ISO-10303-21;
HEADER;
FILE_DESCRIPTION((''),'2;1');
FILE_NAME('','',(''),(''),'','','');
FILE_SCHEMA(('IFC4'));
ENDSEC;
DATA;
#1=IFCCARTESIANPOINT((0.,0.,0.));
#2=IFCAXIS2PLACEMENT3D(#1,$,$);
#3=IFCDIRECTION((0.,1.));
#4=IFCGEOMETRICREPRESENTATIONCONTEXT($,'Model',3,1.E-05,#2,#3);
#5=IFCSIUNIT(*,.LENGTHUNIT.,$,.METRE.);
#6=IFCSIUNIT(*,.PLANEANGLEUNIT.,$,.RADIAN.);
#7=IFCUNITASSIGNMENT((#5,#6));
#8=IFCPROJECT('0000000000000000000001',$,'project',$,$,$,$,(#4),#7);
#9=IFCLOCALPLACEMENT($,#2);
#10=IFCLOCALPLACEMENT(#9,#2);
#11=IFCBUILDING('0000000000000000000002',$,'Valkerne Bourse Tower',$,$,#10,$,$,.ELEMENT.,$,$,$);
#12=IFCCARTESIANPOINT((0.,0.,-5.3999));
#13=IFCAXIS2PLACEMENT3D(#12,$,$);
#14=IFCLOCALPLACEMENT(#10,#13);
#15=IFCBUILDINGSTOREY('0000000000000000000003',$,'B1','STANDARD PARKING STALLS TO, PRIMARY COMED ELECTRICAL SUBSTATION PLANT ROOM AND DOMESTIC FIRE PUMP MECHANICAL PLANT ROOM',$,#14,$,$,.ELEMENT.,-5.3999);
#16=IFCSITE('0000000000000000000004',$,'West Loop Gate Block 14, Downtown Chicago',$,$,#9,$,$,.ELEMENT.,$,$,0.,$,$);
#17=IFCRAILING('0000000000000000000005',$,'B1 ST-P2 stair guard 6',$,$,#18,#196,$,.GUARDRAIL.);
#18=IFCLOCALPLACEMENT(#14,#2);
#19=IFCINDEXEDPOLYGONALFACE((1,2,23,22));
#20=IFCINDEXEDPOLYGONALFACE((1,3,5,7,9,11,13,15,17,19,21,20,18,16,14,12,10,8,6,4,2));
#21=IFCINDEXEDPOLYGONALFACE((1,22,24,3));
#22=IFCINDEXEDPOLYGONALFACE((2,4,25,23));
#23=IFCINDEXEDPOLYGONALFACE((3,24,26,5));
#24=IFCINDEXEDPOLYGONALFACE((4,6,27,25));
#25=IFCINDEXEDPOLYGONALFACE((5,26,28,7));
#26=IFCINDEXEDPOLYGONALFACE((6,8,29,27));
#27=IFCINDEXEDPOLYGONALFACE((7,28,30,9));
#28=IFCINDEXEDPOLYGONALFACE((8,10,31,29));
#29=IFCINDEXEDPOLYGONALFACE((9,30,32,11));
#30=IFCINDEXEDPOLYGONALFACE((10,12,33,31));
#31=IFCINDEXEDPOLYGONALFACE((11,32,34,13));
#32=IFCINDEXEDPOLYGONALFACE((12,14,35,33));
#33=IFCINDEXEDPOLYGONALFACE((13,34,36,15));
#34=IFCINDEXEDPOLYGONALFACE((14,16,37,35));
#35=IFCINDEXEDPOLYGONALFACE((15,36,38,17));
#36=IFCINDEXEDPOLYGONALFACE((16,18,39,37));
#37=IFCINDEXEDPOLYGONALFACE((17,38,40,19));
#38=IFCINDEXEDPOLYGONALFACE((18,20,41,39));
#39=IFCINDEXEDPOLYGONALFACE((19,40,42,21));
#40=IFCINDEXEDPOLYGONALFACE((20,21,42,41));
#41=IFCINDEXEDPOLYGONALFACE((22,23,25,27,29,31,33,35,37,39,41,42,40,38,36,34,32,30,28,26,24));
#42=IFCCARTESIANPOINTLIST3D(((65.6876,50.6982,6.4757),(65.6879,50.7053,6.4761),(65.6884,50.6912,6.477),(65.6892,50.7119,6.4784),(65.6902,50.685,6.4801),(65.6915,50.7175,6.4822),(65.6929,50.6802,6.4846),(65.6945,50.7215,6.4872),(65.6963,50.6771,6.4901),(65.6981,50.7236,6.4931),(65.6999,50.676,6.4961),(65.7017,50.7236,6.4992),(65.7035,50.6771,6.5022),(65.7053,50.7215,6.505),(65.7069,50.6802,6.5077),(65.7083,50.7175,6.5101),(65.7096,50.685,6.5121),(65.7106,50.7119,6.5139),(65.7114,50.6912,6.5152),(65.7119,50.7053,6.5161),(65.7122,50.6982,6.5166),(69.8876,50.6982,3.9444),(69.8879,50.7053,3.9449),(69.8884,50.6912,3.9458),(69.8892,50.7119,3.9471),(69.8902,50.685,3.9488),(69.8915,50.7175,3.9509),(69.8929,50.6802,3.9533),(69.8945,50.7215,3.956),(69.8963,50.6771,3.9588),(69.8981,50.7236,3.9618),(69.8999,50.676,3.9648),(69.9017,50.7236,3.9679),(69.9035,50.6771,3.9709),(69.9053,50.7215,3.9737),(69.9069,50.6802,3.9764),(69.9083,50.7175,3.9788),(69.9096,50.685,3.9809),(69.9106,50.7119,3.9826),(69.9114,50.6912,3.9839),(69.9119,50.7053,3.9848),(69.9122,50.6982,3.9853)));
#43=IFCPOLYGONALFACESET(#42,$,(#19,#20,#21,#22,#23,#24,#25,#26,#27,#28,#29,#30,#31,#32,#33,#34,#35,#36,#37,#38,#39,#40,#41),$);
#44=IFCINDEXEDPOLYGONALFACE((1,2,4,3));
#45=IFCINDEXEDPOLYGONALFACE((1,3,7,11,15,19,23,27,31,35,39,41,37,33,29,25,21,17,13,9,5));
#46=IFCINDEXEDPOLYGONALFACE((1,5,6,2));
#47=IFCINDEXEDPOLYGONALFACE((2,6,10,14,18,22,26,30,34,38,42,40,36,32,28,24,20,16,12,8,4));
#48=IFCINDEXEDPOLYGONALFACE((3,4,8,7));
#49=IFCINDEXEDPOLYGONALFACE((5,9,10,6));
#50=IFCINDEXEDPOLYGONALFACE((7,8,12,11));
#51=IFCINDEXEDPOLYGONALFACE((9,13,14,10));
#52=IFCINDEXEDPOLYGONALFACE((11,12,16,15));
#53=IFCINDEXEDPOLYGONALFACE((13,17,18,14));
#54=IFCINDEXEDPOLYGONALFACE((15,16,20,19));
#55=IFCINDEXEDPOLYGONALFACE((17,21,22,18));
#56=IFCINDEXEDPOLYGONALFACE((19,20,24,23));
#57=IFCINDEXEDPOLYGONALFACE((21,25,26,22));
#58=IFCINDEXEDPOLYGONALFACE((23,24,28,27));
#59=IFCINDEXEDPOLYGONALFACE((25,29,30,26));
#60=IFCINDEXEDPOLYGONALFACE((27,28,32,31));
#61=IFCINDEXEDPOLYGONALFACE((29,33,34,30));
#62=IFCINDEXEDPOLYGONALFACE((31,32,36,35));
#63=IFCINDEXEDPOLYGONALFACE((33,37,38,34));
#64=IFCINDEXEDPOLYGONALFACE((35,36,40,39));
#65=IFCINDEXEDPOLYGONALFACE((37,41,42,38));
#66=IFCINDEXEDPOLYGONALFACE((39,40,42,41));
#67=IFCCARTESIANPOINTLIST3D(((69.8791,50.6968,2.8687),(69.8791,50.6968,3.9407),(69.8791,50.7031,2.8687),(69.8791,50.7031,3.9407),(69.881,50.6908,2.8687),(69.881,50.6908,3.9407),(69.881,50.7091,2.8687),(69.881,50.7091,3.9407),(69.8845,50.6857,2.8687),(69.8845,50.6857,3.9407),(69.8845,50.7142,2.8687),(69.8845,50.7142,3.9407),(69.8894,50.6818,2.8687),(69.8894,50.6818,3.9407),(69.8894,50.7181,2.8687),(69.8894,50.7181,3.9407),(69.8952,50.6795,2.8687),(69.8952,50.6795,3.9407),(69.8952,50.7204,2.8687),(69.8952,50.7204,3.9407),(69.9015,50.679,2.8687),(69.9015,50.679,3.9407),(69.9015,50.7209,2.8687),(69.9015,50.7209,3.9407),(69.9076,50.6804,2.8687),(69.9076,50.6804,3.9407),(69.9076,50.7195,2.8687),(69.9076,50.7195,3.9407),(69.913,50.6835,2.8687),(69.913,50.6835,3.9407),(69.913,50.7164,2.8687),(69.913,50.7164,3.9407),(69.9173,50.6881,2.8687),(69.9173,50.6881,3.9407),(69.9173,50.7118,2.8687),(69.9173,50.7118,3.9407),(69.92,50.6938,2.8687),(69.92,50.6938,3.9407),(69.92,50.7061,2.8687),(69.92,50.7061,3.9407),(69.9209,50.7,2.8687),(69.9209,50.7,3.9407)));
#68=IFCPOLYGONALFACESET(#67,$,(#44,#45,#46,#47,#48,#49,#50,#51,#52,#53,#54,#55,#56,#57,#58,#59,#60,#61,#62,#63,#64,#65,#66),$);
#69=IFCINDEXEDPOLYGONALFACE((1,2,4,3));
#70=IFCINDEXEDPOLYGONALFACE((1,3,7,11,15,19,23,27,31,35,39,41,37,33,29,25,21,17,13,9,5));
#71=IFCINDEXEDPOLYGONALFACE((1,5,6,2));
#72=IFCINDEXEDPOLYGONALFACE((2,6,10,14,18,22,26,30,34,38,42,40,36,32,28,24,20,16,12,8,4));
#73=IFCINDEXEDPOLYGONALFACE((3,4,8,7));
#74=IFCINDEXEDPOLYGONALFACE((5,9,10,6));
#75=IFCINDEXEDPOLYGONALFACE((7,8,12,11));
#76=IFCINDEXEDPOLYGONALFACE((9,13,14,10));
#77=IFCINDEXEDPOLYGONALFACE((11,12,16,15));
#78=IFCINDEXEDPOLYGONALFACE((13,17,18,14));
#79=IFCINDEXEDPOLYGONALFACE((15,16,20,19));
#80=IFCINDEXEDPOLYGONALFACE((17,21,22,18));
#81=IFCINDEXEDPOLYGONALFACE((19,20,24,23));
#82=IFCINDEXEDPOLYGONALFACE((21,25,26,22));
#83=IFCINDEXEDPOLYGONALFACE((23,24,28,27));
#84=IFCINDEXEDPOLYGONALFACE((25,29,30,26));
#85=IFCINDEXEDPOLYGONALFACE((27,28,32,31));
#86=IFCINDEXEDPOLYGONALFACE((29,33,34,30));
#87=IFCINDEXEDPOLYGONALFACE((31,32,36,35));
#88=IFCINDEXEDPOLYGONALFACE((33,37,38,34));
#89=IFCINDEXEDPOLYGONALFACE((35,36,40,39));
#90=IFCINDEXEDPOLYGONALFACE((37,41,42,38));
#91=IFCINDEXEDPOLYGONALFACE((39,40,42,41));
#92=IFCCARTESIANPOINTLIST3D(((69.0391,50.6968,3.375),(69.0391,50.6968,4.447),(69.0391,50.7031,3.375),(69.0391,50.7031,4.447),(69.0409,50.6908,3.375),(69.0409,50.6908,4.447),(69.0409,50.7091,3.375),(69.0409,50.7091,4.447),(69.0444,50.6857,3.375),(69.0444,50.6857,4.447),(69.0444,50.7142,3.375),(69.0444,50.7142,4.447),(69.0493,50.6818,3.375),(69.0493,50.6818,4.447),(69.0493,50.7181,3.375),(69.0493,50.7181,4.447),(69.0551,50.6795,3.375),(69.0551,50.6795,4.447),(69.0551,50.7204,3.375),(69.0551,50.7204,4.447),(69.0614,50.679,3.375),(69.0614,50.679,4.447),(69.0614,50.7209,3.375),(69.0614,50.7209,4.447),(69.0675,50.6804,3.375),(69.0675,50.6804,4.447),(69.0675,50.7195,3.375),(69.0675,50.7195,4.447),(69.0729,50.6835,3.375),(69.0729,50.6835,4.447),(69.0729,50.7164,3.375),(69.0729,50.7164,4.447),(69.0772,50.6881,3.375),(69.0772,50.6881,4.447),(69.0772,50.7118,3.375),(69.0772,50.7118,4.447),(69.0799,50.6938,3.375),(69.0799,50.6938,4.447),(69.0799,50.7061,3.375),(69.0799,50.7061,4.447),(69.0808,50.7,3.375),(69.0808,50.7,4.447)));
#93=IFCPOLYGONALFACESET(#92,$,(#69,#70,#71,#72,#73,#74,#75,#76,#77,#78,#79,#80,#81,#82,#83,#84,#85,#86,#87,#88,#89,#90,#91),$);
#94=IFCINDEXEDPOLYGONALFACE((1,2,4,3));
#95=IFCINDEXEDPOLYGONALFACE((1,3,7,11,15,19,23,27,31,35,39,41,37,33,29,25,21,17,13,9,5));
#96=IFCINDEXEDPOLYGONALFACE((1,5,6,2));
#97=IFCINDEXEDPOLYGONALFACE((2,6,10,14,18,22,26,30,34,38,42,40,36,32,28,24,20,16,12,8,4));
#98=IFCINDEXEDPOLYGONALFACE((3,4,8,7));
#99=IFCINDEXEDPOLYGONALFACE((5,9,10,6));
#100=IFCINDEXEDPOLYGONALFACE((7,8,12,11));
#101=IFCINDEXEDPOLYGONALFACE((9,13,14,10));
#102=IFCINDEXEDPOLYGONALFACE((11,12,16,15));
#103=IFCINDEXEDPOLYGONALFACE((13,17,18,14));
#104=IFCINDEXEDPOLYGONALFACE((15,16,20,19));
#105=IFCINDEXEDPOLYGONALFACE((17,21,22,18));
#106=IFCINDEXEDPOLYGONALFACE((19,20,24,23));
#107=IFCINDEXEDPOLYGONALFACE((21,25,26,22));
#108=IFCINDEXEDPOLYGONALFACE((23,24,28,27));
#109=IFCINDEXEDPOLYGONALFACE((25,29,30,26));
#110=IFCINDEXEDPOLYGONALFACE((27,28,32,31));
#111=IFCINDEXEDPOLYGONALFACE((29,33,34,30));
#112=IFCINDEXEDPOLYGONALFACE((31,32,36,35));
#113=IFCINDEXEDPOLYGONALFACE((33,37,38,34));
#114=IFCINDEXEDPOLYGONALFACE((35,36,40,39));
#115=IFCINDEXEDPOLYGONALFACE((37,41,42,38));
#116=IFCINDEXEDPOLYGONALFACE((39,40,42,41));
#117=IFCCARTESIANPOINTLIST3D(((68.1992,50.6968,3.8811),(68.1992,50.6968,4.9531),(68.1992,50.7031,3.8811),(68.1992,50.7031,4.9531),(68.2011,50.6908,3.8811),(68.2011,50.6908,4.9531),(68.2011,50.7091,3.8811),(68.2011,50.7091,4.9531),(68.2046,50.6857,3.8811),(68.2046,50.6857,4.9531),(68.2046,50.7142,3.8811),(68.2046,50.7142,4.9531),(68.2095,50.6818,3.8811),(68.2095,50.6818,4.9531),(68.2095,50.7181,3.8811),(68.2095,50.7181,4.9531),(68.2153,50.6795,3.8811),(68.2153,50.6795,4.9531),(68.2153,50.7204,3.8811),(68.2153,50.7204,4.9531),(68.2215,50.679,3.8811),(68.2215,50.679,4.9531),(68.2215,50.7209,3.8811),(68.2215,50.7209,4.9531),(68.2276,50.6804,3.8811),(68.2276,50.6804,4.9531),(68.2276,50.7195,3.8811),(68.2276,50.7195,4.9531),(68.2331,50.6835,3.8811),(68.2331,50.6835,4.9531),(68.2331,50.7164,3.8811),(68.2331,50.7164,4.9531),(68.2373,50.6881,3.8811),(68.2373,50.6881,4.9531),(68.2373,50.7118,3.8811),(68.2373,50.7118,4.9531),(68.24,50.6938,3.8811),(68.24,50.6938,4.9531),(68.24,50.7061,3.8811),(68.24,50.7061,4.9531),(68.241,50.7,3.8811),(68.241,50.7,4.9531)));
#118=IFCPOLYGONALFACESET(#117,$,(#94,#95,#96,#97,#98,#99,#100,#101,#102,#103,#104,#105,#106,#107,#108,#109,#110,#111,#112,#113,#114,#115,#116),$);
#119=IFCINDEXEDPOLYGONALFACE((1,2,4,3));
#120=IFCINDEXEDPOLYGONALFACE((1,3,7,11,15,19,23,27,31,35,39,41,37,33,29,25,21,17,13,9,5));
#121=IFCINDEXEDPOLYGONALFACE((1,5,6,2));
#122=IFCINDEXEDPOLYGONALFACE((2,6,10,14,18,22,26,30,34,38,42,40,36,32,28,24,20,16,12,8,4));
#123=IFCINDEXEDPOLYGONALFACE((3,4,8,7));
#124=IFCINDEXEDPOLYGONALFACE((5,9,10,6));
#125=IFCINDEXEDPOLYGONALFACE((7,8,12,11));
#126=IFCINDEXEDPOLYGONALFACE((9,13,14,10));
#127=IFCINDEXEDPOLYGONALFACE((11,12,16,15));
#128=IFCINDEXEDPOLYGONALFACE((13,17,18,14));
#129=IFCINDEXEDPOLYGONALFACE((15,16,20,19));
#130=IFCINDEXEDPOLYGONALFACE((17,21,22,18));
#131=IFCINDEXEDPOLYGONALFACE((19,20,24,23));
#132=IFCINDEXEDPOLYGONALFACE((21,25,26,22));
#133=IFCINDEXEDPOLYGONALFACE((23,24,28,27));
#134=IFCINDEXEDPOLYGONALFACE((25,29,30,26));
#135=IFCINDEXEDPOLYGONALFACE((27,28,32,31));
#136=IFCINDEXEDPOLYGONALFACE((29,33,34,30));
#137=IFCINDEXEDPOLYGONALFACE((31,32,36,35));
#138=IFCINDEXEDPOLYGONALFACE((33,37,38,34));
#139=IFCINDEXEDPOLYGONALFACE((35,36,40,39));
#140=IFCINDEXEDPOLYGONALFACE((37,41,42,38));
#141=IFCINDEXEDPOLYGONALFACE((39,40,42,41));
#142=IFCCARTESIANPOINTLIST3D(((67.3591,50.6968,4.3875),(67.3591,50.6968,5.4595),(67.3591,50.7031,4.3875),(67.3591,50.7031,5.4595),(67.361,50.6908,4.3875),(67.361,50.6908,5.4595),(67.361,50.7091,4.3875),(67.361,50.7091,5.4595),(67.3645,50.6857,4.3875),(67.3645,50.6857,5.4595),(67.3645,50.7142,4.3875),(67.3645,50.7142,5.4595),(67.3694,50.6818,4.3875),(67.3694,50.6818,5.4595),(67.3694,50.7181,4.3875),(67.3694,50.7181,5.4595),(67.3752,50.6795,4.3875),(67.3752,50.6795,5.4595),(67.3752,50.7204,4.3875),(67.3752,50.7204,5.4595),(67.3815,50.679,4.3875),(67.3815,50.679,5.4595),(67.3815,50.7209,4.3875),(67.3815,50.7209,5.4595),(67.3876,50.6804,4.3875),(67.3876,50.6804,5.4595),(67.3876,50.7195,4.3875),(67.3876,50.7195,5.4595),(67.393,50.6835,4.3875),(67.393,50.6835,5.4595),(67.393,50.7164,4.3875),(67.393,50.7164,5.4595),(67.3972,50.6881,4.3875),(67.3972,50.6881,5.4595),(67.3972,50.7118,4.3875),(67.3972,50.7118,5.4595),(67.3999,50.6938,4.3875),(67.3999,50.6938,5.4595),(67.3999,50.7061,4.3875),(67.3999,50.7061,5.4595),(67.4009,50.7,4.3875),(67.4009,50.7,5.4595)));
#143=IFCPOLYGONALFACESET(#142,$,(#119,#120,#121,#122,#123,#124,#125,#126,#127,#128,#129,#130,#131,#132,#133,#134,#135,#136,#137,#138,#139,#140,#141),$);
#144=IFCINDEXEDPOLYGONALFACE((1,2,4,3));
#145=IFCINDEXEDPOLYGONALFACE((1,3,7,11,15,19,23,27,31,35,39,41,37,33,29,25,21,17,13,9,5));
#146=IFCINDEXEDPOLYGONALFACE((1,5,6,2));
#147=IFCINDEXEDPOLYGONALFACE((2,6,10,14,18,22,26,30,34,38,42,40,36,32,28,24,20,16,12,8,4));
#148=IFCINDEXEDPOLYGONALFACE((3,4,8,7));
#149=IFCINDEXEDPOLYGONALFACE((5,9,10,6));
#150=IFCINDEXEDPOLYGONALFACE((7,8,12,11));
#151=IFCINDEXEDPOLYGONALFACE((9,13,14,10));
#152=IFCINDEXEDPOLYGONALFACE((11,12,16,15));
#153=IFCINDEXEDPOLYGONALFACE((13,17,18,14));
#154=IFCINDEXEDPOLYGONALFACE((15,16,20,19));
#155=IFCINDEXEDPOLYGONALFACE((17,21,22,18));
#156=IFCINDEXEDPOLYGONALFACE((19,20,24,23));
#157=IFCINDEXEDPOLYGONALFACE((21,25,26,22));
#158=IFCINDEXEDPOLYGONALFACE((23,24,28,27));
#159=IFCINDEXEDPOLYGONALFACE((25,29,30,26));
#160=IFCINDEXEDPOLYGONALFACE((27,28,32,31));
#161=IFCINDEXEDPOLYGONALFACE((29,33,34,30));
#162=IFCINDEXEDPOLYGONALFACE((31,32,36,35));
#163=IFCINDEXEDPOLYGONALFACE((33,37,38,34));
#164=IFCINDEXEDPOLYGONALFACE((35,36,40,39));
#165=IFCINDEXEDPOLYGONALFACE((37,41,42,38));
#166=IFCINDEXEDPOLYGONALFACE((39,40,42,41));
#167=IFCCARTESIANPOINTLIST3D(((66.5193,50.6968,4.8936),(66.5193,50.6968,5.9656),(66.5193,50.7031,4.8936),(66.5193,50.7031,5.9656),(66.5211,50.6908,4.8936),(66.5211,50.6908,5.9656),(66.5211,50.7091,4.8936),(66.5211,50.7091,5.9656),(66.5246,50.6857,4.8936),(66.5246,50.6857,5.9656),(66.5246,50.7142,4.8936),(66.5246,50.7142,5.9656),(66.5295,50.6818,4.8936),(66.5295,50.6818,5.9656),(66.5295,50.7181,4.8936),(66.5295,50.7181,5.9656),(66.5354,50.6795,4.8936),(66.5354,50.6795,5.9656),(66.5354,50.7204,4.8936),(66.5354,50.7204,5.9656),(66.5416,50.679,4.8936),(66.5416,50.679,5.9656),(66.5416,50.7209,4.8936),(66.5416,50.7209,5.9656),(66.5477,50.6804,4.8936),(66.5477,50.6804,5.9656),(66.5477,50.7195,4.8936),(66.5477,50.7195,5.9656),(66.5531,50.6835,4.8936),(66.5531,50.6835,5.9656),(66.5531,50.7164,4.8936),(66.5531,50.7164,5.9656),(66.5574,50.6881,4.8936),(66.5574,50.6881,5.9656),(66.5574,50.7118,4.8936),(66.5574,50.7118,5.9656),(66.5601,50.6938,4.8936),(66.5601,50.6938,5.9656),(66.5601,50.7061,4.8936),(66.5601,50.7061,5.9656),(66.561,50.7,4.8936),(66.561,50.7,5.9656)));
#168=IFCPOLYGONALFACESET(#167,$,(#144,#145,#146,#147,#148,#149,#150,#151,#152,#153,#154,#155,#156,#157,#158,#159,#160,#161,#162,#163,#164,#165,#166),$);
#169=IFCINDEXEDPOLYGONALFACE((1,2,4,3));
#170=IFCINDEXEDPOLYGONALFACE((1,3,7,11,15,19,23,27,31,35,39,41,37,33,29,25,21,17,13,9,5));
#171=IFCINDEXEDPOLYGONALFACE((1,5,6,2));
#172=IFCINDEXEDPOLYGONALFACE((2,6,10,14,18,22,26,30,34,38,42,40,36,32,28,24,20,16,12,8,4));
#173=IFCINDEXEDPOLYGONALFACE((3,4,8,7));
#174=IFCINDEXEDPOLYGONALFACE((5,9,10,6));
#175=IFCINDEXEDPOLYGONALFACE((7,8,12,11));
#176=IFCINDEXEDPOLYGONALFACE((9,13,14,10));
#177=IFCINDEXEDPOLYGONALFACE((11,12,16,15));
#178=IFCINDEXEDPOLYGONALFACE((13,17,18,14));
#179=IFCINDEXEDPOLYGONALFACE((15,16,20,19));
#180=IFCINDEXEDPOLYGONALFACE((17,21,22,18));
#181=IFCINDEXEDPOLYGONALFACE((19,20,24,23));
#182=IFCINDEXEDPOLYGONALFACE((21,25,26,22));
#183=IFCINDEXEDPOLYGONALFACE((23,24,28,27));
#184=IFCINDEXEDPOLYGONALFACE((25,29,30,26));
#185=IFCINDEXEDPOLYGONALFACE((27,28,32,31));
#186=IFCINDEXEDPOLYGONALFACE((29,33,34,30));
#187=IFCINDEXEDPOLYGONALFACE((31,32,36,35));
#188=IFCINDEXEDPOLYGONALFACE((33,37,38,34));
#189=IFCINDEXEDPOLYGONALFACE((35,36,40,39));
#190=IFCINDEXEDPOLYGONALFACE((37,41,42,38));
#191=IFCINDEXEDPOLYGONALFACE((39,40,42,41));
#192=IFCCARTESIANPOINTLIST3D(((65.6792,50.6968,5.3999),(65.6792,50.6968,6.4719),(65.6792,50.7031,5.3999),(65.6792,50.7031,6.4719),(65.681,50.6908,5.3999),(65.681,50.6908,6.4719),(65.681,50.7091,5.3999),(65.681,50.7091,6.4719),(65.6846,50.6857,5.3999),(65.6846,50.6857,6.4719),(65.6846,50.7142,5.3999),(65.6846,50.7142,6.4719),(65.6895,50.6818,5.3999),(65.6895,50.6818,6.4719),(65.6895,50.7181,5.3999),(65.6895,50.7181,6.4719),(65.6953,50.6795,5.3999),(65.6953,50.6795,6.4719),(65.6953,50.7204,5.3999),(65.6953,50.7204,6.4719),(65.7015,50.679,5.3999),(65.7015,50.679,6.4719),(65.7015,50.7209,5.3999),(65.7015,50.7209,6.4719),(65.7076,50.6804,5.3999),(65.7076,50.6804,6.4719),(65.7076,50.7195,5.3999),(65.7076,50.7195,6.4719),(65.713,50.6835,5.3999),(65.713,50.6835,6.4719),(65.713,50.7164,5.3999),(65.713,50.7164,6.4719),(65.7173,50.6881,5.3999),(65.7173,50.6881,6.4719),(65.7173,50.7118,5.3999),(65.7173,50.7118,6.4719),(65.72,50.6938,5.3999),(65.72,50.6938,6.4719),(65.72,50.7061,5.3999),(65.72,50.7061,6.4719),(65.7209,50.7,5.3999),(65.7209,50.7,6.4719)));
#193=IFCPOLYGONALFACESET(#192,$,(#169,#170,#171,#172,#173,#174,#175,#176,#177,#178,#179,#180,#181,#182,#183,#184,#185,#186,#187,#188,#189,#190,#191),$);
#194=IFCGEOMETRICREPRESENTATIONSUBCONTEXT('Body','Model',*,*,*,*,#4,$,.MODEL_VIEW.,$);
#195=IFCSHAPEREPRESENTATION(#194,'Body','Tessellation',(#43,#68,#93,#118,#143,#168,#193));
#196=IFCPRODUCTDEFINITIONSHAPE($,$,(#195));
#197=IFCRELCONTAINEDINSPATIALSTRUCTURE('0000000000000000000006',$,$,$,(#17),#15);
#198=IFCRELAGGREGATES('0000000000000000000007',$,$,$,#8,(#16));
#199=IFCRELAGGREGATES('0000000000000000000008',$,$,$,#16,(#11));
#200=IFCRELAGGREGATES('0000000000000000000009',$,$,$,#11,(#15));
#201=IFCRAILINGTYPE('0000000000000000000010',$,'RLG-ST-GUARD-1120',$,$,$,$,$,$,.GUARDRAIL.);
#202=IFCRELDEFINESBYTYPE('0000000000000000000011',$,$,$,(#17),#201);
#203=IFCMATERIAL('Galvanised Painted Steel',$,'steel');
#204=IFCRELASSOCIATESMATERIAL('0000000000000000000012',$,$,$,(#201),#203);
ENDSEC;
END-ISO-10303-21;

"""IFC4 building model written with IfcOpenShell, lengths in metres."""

from ifc_helpers import new_model, si_unit, direction, frame, origin, origin_2d, place, context, subcontext, project, spatial, circle, extrude, material, type_object, element, save


model = new_model("IFC4")

# Units and contexts
model_context = context("Model", 3, precision=1e-05, world=origin(), true_north=direction((0.0, 1.0)))
body_context = subcontext(model_context, "Body", "Model", "MODEL_VIEW")
ifc_project = project(units=[si_unit("LENGTHUNIT", "METRE"), si_unit("PLANEANGLEUNIT", "RADIAN")], contexts=[model_context])

# Site, building, storey
site_placement = place(None, origin())
site = spatial("IfcSite", under=ifc_project, at=site_placement, Name="West Loop Gate Block 14, Downtown Chicago", CompositionType="ELEMENT", RefElevation=0.0)
building_placement = place(site_placement, origin())
building = spatial("IfcBuilding", under=site, at=building_placement, Name="Valkerne Bourse Tower", CompositionType="ELEMENT")
storey_placement = place(building_placement, frame((0.0, 0.0, -5.3999)))
storey = spatial("IfcBuildingStorey", under=building, at=storey_placement, Name="B1", Description="STANDARD PARKING STALLS TO, PRIMARY COMED ELECTRICAL SUBSTATION PLANT ROOM AND DOMESTIC FIRE PUMP MECHANICAL PLANT ROOM", CompositionType="ELEMENT", Elevation=-5.3999)

# Shared definitions
ifc_material_1 = material(Name="Galvanised Painted Steel", Category="steel")

# Railing
railing_type_1 = type_object("IfcRailingType", Name="RLG-ST-GUARD-1120", PredefinedType="GUARDRAIL", material=ifc_material_1)
railing_1_placement = place(storey_placement, frame((69.8999, 50.7, 2.8687)))
element("IfcRailing", 1, at=railing_1_placement, inside=storey, type_object=railing_type_1, Name="B1 ST-P2 stair guard 6", PredefinedType="GUARDRAIL", context=body_context, shape_type="SweptSolid", body=[
    extrude(circle(Radius=0.0239, at=origin_2d()), frame((0.0, 0.0, 1.0962), z_axis=(-0.856476, 0.0, 0.516186), x_axis=(0.0, -1.0, 0.0)), (0.0, 0.0, 1.0), 4.9038),
    extrude(circle(Radius=0.021, at=origin_2d()), origin(), (0.0, 0.0, 1.0), 1.072),
    extrude(circle(Radius=0.021, at=origin_2d()), frame((-0.8401, 0.0, 0.5063)), (0.0, 0.0, 1.0), 1.072),
    extrude(circle(Radius=0.021, at=origin_2d()), frame((-1.6799, 0.0, 1.0125)), (0.0, 0.0, 1.0), 1.072),
    extrude(circle(Radius=0.021, at=origin_2d()), frame((-2.52, 0.0, 1.5188)), (0.0, 0.0, 1.0), 1.072),
    extrude(circle(Radius=0.021, at=origin_2d()), frame((-3.3599, 0.0, 2.0249)), (0.0, 0.0, 1.0), 1.072),
    extrude(circle(Radius=0.021, at=origin_2d()), frame((-4.2, 0.0, 2.5312)), (0.0, 0.0, 1.0), 1.072),
])

save(model, "model.ifc")
